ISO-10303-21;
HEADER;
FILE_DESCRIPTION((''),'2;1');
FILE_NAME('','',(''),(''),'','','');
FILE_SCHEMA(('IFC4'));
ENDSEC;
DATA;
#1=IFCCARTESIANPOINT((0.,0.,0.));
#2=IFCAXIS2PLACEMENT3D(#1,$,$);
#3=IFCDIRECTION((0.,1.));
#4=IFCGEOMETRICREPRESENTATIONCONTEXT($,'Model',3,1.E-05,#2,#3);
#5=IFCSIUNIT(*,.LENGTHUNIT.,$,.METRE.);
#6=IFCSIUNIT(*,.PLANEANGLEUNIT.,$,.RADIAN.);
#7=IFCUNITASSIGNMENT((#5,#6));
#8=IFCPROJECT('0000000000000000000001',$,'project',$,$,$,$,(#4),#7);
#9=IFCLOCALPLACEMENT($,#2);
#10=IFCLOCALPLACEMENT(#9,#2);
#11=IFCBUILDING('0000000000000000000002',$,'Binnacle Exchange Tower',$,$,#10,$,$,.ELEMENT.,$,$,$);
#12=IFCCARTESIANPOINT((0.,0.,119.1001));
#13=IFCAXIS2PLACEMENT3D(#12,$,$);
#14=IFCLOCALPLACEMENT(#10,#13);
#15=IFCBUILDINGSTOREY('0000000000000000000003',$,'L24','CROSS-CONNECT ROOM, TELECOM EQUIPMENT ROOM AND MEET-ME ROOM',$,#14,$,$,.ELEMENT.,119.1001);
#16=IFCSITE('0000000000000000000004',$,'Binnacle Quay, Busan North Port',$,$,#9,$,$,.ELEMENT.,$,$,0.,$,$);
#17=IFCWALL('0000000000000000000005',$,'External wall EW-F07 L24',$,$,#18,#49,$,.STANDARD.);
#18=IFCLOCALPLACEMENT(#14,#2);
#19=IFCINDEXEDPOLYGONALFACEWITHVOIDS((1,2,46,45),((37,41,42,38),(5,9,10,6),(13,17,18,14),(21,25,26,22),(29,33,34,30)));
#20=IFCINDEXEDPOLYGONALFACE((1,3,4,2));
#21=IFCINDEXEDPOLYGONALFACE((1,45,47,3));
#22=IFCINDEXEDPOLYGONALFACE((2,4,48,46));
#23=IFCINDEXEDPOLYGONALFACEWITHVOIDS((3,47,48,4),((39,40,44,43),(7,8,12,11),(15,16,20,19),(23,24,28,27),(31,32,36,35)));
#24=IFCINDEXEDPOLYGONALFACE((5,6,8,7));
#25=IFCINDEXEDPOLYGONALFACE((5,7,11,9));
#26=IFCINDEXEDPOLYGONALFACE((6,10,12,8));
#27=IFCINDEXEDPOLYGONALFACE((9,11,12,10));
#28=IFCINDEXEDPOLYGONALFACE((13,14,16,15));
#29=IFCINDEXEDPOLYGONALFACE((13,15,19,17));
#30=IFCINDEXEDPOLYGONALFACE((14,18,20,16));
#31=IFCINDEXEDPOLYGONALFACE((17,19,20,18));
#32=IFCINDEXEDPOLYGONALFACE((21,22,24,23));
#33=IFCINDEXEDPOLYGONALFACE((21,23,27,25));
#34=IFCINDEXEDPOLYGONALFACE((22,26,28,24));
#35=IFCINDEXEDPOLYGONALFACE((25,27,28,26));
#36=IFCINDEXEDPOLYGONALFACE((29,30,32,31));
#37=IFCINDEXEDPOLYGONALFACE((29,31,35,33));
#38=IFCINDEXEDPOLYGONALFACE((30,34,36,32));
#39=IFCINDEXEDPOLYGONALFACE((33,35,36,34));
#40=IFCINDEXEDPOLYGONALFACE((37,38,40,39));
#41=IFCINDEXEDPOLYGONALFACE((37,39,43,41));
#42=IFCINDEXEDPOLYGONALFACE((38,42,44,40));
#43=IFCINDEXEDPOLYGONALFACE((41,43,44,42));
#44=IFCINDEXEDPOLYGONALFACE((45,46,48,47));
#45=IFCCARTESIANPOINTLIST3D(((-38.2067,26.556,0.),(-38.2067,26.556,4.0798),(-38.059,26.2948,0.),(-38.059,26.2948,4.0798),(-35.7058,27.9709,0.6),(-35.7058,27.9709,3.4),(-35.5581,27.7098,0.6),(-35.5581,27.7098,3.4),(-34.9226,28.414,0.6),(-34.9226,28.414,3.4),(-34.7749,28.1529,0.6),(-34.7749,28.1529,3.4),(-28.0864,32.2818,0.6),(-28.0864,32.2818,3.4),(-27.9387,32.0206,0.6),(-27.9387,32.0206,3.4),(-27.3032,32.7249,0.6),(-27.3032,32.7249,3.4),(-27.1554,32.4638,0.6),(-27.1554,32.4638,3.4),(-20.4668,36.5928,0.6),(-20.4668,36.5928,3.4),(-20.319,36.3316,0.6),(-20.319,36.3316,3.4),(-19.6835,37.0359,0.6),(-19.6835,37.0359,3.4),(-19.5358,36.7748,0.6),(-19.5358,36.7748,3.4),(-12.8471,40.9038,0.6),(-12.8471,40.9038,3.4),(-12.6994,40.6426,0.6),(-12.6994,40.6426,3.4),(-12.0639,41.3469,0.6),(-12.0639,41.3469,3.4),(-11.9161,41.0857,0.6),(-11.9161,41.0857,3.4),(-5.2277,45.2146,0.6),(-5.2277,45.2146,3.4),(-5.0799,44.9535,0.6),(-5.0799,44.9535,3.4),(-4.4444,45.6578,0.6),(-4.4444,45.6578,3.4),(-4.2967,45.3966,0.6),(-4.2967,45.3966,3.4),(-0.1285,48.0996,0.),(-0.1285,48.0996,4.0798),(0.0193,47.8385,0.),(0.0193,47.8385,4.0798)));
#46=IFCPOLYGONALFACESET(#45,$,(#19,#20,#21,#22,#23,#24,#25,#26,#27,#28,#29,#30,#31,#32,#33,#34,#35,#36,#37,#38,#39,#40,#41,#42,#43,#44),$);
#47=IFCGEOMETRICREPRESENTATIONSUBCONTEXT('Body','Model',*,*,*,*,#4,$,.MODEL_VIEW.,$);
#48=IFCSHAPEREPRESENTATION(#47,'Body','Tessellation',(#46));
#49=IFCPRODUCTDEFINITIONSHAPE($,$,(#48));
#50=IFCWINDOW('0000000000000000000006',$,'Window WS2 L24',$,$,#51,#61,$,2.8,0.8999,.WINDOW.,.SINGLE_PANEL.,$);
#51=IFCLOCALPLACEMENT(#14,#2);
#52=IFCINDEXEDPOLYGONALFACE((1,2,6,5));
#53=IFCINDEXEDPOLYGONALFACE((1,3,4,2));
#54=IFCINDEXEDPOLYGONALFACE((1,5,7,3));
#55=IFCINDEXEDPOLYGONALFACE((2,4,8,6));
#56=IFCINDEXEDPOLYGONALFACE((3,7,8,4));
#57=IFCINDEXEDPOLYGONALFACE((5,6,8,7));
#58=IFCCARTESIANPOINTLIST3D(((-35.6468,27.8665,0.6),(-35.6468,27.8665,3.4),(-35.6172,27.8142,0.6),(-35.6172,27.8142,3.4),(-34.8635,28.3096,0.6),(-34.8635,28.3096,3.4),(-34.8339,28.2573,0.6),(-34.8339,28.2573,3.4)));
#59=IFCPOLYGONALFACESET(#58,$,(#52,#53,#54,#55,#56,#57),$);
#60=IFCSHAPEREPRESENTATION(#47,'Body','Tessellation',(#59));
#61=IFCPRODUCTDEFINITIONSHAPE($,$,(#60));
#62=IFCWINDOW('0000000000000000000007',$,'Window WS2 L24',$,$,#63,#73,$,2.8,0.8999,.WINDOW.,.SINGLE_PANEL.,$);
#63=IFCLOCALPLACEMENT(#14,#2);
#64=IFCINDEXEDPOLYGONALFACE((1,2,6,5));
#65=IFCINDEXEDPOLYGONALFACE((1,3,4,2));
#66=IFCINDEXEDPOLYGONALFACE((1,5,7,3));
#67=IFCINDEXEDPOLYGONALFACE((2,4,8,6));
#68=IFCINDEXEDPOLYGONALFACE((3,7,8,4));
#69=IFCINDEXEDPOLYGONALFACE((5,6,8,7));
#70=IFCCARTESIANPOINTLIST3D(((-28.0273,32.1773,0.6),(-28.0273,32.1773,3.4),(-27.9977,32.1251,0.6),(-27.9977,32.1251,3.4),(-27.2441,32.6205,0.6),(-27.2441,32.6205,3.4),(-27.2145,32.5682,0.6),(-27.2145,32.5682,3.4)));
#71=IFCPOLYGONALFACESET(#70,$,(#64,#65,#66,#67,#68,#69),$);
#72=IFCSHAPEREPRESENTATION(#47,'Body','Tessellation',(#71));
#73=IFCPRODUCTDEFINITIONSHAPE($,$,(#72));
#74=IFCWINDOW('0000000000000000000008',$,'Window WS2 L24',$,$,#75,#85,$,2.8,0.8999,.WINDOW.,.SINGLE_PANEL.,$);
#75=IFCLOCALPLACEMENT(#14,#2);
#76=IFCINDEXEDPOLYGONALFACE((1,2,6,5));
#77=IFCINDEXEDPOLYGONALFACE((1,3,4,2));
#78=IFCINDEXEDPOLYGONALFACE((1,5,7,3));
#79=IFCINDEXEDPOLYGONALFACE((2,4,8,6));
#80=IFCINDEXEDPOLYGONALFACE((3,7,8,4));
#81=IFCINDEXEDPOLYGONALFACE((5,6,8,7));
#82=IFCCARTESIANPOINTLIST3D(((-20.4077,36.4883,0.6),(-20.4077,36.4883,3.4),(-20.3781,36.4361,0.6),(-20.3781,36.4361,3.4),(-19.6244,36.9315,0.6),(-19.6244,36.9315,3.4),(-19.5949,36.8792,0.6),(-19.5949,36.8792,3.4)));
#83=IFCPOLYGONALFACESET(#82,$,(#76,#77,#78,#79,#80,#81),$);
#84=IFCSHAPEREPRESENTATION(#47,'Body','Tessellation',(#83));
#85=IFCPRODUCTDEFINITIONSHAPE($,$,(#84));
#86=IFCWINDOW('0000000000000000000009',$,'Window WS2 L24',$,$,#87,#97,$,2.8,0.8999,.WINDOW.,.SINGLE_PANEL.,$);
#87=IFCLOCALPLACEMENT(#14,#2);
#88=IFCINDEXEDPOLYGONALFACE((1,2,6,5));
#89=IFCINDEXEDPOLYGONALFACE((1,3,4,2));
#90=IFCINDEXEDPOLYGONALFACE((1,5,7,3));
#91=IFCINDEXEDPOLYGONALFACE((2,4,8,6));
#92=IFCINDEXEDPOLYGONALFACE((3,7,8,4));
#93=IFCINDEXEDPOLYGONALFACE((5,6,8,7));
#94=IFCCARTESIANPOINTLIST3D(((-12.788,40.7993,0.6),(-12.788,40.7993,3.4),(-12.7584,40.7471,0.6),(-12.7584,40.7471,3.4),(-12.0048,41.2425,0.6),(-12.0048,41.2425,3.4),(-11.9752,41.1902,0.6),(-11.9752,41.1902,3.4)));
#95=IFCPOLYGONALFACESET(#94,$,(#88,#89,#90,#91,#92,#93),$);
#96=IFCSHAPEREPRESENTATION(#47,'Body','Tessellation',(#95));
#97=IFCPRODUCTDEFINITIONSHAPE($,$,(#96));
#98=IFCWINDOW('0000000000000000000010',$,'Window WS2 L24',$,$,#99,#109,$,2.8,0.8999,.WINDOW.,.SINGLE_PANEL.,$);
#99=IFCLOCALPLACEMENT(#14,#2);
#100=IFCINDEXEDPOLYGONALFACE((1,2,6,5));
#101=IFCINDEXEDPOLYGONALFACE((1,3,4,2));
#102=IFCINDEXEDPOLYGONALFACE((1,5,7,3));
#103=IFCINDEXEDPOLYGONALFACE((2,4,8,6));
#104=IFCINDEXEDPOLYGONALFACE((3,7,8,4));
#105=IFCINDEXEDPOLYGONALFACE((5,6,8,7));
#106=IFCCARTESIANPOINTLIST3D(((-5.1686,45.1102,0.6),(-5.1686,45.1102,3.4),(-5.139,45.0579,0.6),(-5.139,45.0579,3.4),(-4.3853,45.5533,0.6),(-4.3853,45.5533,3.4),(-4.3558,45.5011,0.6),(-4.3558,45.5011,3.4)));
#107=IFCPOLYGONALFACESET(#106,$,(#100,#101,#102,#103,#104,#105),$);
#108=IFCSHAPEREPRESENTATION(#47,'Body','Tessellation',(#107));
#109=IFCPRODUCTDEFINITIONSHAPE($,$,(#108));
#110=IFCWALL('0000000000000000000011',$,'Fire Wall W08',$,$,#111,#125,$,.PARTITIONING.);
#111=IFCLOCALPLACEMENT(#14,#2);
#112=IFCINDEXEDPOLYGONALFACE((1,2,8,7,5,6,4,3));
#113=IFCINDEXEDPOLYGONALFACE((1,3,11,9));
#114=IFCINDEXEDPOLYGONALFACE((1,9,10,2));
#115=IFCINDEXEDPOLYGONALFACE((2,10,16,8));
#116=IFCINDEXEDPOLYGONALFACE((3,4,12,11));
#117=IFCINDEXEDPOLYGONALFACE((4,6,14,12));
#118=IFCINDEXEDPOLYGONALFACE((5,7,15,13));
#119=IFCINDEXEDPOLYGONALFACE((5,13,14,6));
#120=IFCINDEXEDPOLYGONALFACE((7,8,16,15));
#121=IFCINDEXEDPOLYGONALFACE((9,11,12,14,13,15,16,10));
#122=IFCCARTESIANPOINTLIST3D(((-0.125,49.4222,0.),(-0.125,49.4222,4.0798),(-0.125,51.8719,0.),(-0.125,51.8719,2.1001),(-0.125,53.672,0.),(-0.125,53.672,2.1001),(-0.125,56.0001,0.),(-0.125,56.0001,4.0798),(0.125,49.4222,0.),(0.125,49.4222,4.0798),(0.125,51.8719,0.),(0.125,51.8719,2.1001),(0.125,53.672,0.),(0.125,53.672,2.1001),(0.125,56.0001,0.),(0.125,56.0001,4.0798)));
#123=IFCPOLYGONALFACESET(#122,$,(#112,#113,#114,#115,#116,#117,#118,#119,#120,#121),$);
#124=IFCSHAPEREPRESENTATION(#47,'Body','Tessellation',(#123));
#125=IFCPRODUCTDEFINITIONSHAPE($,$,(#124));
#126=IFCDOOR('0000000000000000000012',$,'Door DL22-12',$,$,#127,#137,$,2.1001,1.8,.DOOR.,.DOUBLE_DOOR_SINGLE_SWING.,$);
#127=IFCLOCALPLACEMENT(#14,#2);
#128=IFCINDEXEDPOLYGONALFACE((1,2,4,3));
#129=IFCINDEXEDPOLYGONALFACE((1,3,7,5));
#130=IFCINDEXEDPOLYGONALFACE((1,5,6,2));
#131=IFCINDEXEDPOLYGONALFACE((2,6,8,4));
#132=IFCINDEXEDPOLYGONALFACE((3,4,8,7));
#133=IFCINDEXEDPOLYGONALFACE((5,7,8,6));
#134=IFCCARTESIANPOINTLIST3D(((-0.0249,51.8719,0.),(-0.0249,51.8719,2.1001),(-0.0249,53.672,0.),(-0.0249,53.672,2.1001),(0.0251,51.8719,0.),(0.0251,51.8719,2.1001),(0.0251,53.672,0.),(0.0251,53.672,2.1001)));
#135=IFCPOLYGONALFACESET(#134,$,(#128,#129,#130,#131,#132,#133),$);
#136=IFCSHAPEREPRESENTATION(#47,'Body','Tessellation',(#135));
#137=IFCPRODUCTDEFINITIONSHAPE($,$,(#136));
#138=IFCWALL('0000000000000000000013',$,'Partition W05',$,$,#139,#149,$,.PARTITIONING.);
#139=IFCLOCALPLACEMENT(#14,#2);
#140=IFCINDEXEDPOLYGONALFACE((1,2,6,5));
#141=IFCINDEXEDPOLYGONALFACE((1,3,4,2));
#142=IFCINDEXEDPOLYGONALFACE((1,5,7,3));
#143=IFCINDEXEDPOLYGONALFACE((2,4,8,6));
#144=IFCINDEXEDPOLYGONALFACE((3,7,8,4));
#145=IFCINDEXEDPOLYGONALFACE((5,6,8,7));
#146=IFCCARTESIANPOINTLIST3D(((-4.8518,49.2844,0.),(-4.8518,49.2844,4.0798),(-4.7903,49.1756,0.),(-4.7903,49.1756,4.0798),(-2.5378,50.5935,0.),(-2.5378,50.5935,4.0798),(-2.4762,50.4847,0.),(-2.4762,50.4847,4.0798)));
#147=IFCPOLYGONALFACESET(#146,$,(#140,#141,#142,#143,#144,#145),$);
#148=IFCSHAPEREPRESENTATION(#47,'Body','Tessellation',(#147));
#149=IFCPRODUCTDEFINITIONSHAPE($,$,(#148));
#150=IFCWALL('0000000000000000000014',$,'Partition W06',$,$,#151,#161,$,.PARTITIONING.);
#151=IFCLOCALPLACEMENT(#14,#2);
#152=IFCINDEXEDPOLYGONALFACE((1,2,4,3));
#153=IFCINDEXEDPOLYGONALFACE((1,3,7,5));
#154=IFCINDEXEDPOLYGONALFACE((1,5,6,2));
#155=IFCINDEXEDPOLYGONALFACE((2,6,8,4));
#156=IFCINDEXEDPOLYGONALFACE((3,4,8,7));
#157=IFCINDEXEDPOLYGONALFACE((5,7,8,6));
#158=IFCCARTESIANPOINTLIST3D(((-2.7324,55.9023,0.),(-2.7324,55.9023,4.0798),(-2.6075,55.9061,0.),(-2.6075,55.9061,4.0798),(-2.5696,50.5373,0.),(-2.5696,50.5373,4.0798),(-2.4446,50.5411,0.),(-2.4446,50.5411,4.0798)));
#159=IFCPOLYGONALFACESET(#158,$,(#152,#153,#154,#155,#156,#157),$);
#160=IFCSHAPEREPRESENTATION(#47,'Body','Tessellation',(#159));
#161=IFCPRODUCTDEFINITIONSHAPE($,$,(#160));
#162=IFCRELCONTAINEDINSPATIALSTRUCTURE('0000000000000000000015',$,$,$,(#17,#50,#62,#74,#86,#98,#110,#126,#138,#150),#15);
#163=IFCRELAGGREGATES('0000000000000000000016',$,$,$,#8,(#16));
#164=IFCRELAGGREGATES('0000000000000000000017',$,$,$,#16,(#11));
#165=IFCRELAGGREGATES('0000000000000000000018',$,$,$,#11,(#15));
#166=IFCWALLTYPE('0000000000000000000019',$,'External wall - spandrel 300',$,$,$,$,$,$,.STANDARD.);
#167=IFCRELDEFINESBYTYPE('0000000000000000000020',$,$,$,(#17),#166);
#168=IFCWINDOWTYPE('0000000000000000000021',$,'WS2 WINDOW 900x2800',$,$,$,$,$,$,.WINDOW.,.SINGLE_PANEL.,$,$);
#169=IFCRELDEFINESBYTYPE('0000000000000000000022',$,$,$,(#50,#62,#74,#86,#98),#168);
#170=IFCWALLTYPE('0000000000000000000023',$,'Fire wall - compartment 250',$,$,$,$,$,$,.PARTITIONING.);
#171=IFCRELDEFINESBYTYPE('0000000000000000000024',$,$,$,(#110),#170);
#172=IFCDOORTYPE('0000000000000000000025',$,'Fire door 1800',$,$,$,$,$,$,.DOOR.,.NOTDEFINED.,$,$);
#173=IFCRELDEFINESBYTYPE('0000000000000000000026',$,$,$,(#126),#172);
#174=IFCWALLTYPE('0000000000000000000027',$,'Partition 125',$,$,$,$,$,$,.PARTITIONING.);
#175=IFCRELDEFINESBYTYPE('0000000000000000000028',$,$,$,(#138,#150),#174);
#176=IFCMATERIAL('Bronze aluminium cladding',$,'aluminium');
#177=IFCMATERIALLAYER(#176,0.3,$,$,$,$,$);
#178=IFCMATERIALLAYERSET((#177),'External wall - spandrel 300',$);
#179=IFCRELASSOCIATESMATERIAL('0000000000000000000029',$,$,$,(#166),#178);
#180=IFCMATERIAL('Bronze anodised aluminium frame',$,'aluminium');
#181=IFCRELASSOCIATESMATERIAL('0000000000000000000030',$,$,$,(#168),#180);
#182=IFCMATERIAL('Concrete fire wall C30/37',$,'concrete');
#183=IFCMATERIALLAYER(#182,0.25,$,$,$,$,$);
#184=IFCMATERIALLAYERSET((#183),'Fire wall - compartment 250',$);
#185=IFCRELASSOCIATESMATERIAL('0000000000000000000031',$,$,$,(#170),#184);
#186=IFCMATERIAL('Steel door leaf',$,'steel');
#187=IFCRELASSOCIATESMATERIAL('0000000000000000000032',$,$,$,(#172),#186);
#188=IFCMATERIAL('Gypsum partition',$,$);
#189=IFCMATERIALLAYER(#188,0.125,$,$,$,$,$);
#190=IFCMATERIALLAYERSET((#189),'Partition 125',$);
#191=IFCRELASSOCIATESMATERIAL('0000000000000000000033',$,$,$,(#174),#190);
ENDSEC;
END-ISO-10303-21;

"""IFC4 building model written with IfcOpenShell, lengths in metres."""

from ifc_helpers import new_model, si_unit, direction, frame, frame_2d, origin, place, context, subcontext, project, spatial, rectangle, extrude, material, layer, layer_set, type_object, element, fill, save


model = new_model("IFC4")

# Units and contexts
model_context = context("Model", 3, precision=1e-05, world=origin(), true_north=direction((0.0, 1.0)))
body_context = subcontext(model_context, "Body", "Model", "MODEL_VIEW")
ifc_project = project(units=[si_unit("LENGTHUNIT", "METRE"), si_unit("PLANEANGLEUNIT", "RADIAN")], contexts=[model_context])

# Site, building, storey
site_placement = place(None, origin())
site = spatial("IfcSite", under=ifc_project, at=site_placement, Name="Binnacle Quay, Busan North Port", CompositionType="ELEMENT", RefElevation=0.0)
building_placement = place(site_placement, origin())
building = spatial("IfcBuilding", under=site, at=building_placement, Name="Binnacle Exchange Tower", CompositionType="ELEMENT")
storey_placement = place(building_placement, frame((0.0, 0.0, 119.1001)))
storey = spatial("IfcBuildingStorey", under=building, at=storey_placement, Name="L24", Description="CROSS-CONNECT ROOM, TELECOM EQUIPMENT ROOM AND MEET-ME ROOM", CompositionType="ELEMENT", Elevation=119.1001)

# Shared definitions
ifc_material_1 = material(Name="Steel door leaf", Category="steel")

# Wall, openings, windows
ifc_material_2 = material(Name="Bronze aluminium cladding", Category="aluminium")
ifc_layer_1 = layer(ifc_material_2, 0.3)
ifc_layer_set_1 = layer_set([ifc_layer_1], Name="External wall - spandrel 300")
wall_type_1 = type_object("IfcWallType", Name="External wall - spandrel 300", PredefinedType="STANDARD", material=ifc_layer_set_1)
wall_1_placement = place(storey_placement, frame((-0.0547, 47.969, 0.0), z_axis=(0.0, 0.0, 1.0), x_axis=(-0.870356, -0.492423, 0.0)))
wall_1 = element("IfcWall", 1, at=wall_1_placement, inside=storey, type_object=wall_type_1, Name="External wall EW-F07 L24", PredefinedType="STANDARD", context=body_context, shape_type="SweptSolid", body=[
    extrude(rectangle(XDim=43.7502, YDim=0.3, at=frame_2d((21.875, 0.0))), origin(), (0.0, 0.0, 1.0), 4.0798),
])
opening_1_placement = place(wall_1_placement, frame((39.9768, 0.0, 0.6001)))
opening_1 = element("IfcOpeningElement", 2, at=opening_1_placement, cuts=wall_1, PredefinedType="OPENING", context=body_context, shape_type="SweptSolid", body=[
    extrude(rectangle(XDim=0.8999, YDim=2.8, at=frame_2d((0.45, 1.3999))), frame((0.0, 0.1599, 0.0), z_axis=(0.0, -1.0, 0.0), x_axis=(1.0, 0.0, 0.0)), (0.0, 0.0, 1.0), 0.3201),
])
opening_2_placement = place(wall_1_placement, frame((31.2224, 0.0, 0.6001)))
opening_2 = element("IfcOpeningElement", 3, at=opening_2_placement, cuts=wall_1, PredefinedType="OPENING", context=body_context, shape_type="SweptSolid", body=[
    extrude(rectangle(XDim=0.8999, YDim=2.8, at=frame_2d((0.45, 1.3999))), frame((0.0, 0.1599, 0.0), z_axis=(0.0, -1.0, 0.0), x_axis=(1.0, 0.0, 0.0)), (0.0, 0.0, 1.0), 0.3201),
])
opening_3_placement = place(wall_1_placement, frame((22.4678, 0.0, 0.6001)))
opening_3 = element("IfcOpeningElement", 4, at=opening_3_placement, cuts=wall_1, PredefinedType="OPENING", context=body_context, shape_type="SweptSolid", body=[
    extrude(rectangle(XDim=0.8999, YDim=2.8, at=frame_2d((0.45, 1.3999))), frame((0.0, 0.1599, 0.0), z_axis=(0.0, -1.0, 0.0), x_axis=(1.0, 0.0, 0.0)), (0.0, 0.0, 1.0), 0.3201),
])
opening_4_placement = place(wall_1_placement, frame((13.7131, 0.0, 0.6001)))
opening_4 = element("IfcOpeningElement", 5, at=opening_4_placement, cuts=wall_1, PredefinedType="OPENING", context=body_context, shape_type="SweptSolid", body=[
    extrude(rectangle(XDim=0.8999, YDim=2.8, at=frame_2d((0.45, 1.3999))), frame((0.0, 0.1599, 0.0), z_axis=(0.0, -1.0, 0.0), x_axis=(1.0, 0.0, 0.0)), (0.0, 0.0, 1.0), 0.3201),
])
opening_5_placement = place(wall_1_placement, frame((4.9587, 0.0, 0.6001)))
opening_5 = element("IfcOpeningElement", 6, at=opening_5_placement, cuts=wall_1, PredefinedType="OPENING", context=body_context, shape_type="SweptSolid", body=[
    extrude(rectangle(XDim=0.8999, YDim=2.8, at=frame_2d((0.45, 1.3999))), frame((0.0, 0.1599, 0.0), z_axis=(0.0, -1.0, 0.0), x_axis=(1.0, 0.0, 0.0)), (0.0, 0.0, 1.0), 0.3201),
])
ifc_material_3 = material(Name="Bronze anodised aluminium frame", Category="aluminium")
window_type = type_object("IfcWindowType", Name="WS2 WINDOW 900x2800", PartitioningType="SINGLE_PANEL", PredefinedType="WINDOW", material=ifc_material_3)
window_1_placement = place(opening_1_placement, origin())
window_1 = element("IfcWindow", 7, at=window_1_placement, inside=storey, type_object=window_type, Name="Window WS2 L24", OverallHeight=2.8, OverallWidth=0.8999, PartitioningType="SINGLE_PANEL", PredefinedType="WINDOW", context=body_context, shape_type="SweptSolid", body=[
    extrude(rectangle(XDim=0.8999, YDim=2.8, at=frame_2d((0.45, 1.3999))), frame((0.0, 0.03, 0.0), z_axis=(0.0, -1.0, 0.0), x_axis=(1.0, 0.0, 0.0)), (0.0, 0.0, 1.0), 0.0601),
])
fill(opening_1, window_1)
window_2_placement = place(opening_2_placement, origin())
window_2 = element("IfcWindow", 8, at=window_2_placement, inside=storey, type_object=window_type, Name="Window WS2 L24", OverallHeight=2.8, OverallWidth=0.8999, PartitioningType="SINGLE_PANEL", PredefinedType="WINDOW", context=body_context, shape_type="SweptSolid", body=[
    extrude(rectangle(XDim=0.8999, YDim=2.8, at=frame_2d((0.45, 1.3999))), frame((0.0, 0.03, 0.0), z_axis=(0.0, -1.0, 0.0), x_axis=(1.0, 0.0, 0.0)), (0.0, 0.0, 1.0), 0.0601),
])
fill(opening_2, window_2)
window_3_placement = place(opening_3_placement, origin())
window_3 = element("IfcWindow", 9, at=window_3_placement, inside=storey, type_object=window_type, Name="Window WS2 L24", OverallHeight=2.8, OverallWidth=0.8999, PartitioningType="SINGLE_PANEL", PredefinedType="WINDOW", context=body_context, shape_type="SweptSolid", body=[
    extrude(rectangle(XDim=0.8999, YDim=2.8, at=frame_2d((0.45, 1.3999))), frame((0.0, 0.03, 0.0), z_axis=(0.0, -1.0, 0.0), x_axis=(1.0, 0.0, 0.0)), (0.0, 0.0, 1.0), 0.0601),
])
fill(opening_3, window_3)
window_4_placement = place(opening_4_placement, origin())
window_4 = element("IfcWindow", 10, at=window_4_placement, inside=storey, type_object=window_type, Name="Window WS2 L24", OverallHeight=2.8, OverallWidth=0.8999, PartitioningType="SINGLE_PANEL", PredefinedType="WINDOW", context=body_context, shape_type="SweptSolid", body=[
    extrude(rectangle(XDim=0.8999, YDim=2.8, at=frame_2d((0.45, 1.3999))), frame((0.0, 0.03, 0.0), z_axis=(0.0, -1.0, 0.0), x_axis=(1.0, 0.0, 0.0)), (0.0, 0.0, 1.0), 0.0601),
])
fill(opening_4, window_4)
window_5_placement = place(opening_5_placement, origin())
window_5 = element("IfcWindow", 11, at=window_5_placement, inside=storey, type_object=window_type, Name="Window WS2 L24", OverallHeight=2.8, OverallWidth=0.8999, PartitioningType="SINGLE_PANEL", PredefinedType="WINDOW", context=body_context, shape_type="SweptSolid", body=[
    extrude(rectangle(XDim=0.8999, YDim=2.8, at=frame_2d((0.45, 1.3999))), frame((0.0, 0.03, 0.0), z_axis=(0.0, -1.0, 0.0), x_axis=(1.0, 0.0, 0.0)), (0.0, 0.0, 1.0), 0.0601),
])
fill(opening_5, window_5)

# Wall, opening, door
ifc_material_4 = material(Name="Concrete fire wall C30/37", Category="concrete")
ifc_layer_2 = layer(ifc_material_4, 0.25)
ifc_layer_set_2 = layer_set([ifc_layer_2], Name="Fire wall - compartment 250")
wall_type_2 = type_object("IfcWallType", Name="Fire wall - compartment 250", PredefinedType="PARTITIONING", material=ifc_layer_set_2)
wall_2_placement = place(storey_placement, frame((0.0, 49.4221, 0.0), z_axis=(0.0, 0.0, 1.0), x_axis=(0.0, 1.0, 0.0)))
wall_2 = element("IfcWall", 12, at=wall_2_placement, inside=storey, type_object=wall_type_2, Name="Fire Wall W08", PredefinedType="PARTITIONING", context=body_context, shape_type="SweptSolid", body=[
    extrude(rectangle(XDim=6.5779, YDim=0.25, at=frame_2d((3.2891, 0.0))), origin(), (0.0, 0.0, 1.0), 4.0798),
])
opening_6_placement = place(wall_2_placement, frame((2.45, 0.0, 0.0)))
opening_6 = element("IfcOpeningElement", 13, at=opening_6_placement, cuts=wall_2, PredefinedType="OPENING", context=body_context, shape_type="SweptSolid", body=[
    extrude(rectangle(XDim=1.8, YDim=2.1001, at=frame_2d((0.8999, 1.05))), frame((0.0, 0.135, 0.0), z_axis=(0.0, -1.0, 0.0), x_axis=(1.0, 0.0, 0.0)), (0.0, 0.0, 1.0), 0.27),
])
door_type_1 = type_object("IfcDoorType", Name="Fire door 1800", OperationType="NOTDEFINED", PredefinedType="DOOR", material=ifc_material_1)
door_1_placement = place(opening_6_placement, origin())
door_1 = element("IfcDoor", 14, at=door_1_placement, inside=storey, type_object=door_type_1, Name="Door DL22-12", OperationType="DOUBLE_DOOR_SINGLE_SWING", OverallHeight=2.1001, OverallWidth=1.8, PredefinedType="DOOR", context=body_context, shape_type="SweptSolid", body=[
    extrude(rectangle(XDim=1.8, YDim=2.1001, at=frame_2d((0.8999, 1.05))), frame((0.0, 0.0249, 0.0), z_axis=(0.0, -1.0, 0.0), x_axis=(1.0, 0.0, 0.0)), (0.0, 0.0, 1.0), 0.05),
])
fill(opening_6, door_1)

# Walls
ifc_material_5 = material(Name="Gypsum partition")
ifc_layer_3 = layer(ifc_material_5, 0.125)
ifc_layer_set_3 = layer_set([ifc_layer_3], Name="Partition 125")
wall_type_3 = type_object("IfcWallType", Name="Partition 125", PredefinedType="PARTITIONING", material=ifc_layer_set_3)
wall_3_placement = place(storey_placement, frame((-4.821, 49.23, 0.0), z_axis=(0.0, 0.0, 1.0), x_axis=(0.870371, 0.492396, 0.0)))
element("IfcWall", 15, at=wall_3_placement, inside=storey, type_object=wall_type_3, Name="Partition W05", PredefinedType="PARTITIONING", context=body_context, shape_type="SweptSolid", body=[
    extrude(rectangle(XDim=2.6587, YDim=0.125, at=frame_2d((1.3293, 0.0))), origin(), (0.0, 0.0, 1.0), 4.0798),
])
wall_4_placement = place(storey_placement, frame((-2.6699, 55.9041, 0.0), z_axis=(0.0, 0.0, 1.0), x_axis=(0.030339, -0.99954, 0.0)))
element("IfcWall", 16, at=wall_4_placement, inside=storey, type_object=wall_type_3, Name="Partition W06", PredefinedType="PARTITIONING", context=body_context, shape_type="SweptSolid", body=[
    extrude(rectangle(XDim=5.3674, YDim=0.125, at=frame_2d((2.6836, 0.0))), origin(), (0.0, 0.0, 1.0), 4.0798),
])

save(model, "model.ifc")
